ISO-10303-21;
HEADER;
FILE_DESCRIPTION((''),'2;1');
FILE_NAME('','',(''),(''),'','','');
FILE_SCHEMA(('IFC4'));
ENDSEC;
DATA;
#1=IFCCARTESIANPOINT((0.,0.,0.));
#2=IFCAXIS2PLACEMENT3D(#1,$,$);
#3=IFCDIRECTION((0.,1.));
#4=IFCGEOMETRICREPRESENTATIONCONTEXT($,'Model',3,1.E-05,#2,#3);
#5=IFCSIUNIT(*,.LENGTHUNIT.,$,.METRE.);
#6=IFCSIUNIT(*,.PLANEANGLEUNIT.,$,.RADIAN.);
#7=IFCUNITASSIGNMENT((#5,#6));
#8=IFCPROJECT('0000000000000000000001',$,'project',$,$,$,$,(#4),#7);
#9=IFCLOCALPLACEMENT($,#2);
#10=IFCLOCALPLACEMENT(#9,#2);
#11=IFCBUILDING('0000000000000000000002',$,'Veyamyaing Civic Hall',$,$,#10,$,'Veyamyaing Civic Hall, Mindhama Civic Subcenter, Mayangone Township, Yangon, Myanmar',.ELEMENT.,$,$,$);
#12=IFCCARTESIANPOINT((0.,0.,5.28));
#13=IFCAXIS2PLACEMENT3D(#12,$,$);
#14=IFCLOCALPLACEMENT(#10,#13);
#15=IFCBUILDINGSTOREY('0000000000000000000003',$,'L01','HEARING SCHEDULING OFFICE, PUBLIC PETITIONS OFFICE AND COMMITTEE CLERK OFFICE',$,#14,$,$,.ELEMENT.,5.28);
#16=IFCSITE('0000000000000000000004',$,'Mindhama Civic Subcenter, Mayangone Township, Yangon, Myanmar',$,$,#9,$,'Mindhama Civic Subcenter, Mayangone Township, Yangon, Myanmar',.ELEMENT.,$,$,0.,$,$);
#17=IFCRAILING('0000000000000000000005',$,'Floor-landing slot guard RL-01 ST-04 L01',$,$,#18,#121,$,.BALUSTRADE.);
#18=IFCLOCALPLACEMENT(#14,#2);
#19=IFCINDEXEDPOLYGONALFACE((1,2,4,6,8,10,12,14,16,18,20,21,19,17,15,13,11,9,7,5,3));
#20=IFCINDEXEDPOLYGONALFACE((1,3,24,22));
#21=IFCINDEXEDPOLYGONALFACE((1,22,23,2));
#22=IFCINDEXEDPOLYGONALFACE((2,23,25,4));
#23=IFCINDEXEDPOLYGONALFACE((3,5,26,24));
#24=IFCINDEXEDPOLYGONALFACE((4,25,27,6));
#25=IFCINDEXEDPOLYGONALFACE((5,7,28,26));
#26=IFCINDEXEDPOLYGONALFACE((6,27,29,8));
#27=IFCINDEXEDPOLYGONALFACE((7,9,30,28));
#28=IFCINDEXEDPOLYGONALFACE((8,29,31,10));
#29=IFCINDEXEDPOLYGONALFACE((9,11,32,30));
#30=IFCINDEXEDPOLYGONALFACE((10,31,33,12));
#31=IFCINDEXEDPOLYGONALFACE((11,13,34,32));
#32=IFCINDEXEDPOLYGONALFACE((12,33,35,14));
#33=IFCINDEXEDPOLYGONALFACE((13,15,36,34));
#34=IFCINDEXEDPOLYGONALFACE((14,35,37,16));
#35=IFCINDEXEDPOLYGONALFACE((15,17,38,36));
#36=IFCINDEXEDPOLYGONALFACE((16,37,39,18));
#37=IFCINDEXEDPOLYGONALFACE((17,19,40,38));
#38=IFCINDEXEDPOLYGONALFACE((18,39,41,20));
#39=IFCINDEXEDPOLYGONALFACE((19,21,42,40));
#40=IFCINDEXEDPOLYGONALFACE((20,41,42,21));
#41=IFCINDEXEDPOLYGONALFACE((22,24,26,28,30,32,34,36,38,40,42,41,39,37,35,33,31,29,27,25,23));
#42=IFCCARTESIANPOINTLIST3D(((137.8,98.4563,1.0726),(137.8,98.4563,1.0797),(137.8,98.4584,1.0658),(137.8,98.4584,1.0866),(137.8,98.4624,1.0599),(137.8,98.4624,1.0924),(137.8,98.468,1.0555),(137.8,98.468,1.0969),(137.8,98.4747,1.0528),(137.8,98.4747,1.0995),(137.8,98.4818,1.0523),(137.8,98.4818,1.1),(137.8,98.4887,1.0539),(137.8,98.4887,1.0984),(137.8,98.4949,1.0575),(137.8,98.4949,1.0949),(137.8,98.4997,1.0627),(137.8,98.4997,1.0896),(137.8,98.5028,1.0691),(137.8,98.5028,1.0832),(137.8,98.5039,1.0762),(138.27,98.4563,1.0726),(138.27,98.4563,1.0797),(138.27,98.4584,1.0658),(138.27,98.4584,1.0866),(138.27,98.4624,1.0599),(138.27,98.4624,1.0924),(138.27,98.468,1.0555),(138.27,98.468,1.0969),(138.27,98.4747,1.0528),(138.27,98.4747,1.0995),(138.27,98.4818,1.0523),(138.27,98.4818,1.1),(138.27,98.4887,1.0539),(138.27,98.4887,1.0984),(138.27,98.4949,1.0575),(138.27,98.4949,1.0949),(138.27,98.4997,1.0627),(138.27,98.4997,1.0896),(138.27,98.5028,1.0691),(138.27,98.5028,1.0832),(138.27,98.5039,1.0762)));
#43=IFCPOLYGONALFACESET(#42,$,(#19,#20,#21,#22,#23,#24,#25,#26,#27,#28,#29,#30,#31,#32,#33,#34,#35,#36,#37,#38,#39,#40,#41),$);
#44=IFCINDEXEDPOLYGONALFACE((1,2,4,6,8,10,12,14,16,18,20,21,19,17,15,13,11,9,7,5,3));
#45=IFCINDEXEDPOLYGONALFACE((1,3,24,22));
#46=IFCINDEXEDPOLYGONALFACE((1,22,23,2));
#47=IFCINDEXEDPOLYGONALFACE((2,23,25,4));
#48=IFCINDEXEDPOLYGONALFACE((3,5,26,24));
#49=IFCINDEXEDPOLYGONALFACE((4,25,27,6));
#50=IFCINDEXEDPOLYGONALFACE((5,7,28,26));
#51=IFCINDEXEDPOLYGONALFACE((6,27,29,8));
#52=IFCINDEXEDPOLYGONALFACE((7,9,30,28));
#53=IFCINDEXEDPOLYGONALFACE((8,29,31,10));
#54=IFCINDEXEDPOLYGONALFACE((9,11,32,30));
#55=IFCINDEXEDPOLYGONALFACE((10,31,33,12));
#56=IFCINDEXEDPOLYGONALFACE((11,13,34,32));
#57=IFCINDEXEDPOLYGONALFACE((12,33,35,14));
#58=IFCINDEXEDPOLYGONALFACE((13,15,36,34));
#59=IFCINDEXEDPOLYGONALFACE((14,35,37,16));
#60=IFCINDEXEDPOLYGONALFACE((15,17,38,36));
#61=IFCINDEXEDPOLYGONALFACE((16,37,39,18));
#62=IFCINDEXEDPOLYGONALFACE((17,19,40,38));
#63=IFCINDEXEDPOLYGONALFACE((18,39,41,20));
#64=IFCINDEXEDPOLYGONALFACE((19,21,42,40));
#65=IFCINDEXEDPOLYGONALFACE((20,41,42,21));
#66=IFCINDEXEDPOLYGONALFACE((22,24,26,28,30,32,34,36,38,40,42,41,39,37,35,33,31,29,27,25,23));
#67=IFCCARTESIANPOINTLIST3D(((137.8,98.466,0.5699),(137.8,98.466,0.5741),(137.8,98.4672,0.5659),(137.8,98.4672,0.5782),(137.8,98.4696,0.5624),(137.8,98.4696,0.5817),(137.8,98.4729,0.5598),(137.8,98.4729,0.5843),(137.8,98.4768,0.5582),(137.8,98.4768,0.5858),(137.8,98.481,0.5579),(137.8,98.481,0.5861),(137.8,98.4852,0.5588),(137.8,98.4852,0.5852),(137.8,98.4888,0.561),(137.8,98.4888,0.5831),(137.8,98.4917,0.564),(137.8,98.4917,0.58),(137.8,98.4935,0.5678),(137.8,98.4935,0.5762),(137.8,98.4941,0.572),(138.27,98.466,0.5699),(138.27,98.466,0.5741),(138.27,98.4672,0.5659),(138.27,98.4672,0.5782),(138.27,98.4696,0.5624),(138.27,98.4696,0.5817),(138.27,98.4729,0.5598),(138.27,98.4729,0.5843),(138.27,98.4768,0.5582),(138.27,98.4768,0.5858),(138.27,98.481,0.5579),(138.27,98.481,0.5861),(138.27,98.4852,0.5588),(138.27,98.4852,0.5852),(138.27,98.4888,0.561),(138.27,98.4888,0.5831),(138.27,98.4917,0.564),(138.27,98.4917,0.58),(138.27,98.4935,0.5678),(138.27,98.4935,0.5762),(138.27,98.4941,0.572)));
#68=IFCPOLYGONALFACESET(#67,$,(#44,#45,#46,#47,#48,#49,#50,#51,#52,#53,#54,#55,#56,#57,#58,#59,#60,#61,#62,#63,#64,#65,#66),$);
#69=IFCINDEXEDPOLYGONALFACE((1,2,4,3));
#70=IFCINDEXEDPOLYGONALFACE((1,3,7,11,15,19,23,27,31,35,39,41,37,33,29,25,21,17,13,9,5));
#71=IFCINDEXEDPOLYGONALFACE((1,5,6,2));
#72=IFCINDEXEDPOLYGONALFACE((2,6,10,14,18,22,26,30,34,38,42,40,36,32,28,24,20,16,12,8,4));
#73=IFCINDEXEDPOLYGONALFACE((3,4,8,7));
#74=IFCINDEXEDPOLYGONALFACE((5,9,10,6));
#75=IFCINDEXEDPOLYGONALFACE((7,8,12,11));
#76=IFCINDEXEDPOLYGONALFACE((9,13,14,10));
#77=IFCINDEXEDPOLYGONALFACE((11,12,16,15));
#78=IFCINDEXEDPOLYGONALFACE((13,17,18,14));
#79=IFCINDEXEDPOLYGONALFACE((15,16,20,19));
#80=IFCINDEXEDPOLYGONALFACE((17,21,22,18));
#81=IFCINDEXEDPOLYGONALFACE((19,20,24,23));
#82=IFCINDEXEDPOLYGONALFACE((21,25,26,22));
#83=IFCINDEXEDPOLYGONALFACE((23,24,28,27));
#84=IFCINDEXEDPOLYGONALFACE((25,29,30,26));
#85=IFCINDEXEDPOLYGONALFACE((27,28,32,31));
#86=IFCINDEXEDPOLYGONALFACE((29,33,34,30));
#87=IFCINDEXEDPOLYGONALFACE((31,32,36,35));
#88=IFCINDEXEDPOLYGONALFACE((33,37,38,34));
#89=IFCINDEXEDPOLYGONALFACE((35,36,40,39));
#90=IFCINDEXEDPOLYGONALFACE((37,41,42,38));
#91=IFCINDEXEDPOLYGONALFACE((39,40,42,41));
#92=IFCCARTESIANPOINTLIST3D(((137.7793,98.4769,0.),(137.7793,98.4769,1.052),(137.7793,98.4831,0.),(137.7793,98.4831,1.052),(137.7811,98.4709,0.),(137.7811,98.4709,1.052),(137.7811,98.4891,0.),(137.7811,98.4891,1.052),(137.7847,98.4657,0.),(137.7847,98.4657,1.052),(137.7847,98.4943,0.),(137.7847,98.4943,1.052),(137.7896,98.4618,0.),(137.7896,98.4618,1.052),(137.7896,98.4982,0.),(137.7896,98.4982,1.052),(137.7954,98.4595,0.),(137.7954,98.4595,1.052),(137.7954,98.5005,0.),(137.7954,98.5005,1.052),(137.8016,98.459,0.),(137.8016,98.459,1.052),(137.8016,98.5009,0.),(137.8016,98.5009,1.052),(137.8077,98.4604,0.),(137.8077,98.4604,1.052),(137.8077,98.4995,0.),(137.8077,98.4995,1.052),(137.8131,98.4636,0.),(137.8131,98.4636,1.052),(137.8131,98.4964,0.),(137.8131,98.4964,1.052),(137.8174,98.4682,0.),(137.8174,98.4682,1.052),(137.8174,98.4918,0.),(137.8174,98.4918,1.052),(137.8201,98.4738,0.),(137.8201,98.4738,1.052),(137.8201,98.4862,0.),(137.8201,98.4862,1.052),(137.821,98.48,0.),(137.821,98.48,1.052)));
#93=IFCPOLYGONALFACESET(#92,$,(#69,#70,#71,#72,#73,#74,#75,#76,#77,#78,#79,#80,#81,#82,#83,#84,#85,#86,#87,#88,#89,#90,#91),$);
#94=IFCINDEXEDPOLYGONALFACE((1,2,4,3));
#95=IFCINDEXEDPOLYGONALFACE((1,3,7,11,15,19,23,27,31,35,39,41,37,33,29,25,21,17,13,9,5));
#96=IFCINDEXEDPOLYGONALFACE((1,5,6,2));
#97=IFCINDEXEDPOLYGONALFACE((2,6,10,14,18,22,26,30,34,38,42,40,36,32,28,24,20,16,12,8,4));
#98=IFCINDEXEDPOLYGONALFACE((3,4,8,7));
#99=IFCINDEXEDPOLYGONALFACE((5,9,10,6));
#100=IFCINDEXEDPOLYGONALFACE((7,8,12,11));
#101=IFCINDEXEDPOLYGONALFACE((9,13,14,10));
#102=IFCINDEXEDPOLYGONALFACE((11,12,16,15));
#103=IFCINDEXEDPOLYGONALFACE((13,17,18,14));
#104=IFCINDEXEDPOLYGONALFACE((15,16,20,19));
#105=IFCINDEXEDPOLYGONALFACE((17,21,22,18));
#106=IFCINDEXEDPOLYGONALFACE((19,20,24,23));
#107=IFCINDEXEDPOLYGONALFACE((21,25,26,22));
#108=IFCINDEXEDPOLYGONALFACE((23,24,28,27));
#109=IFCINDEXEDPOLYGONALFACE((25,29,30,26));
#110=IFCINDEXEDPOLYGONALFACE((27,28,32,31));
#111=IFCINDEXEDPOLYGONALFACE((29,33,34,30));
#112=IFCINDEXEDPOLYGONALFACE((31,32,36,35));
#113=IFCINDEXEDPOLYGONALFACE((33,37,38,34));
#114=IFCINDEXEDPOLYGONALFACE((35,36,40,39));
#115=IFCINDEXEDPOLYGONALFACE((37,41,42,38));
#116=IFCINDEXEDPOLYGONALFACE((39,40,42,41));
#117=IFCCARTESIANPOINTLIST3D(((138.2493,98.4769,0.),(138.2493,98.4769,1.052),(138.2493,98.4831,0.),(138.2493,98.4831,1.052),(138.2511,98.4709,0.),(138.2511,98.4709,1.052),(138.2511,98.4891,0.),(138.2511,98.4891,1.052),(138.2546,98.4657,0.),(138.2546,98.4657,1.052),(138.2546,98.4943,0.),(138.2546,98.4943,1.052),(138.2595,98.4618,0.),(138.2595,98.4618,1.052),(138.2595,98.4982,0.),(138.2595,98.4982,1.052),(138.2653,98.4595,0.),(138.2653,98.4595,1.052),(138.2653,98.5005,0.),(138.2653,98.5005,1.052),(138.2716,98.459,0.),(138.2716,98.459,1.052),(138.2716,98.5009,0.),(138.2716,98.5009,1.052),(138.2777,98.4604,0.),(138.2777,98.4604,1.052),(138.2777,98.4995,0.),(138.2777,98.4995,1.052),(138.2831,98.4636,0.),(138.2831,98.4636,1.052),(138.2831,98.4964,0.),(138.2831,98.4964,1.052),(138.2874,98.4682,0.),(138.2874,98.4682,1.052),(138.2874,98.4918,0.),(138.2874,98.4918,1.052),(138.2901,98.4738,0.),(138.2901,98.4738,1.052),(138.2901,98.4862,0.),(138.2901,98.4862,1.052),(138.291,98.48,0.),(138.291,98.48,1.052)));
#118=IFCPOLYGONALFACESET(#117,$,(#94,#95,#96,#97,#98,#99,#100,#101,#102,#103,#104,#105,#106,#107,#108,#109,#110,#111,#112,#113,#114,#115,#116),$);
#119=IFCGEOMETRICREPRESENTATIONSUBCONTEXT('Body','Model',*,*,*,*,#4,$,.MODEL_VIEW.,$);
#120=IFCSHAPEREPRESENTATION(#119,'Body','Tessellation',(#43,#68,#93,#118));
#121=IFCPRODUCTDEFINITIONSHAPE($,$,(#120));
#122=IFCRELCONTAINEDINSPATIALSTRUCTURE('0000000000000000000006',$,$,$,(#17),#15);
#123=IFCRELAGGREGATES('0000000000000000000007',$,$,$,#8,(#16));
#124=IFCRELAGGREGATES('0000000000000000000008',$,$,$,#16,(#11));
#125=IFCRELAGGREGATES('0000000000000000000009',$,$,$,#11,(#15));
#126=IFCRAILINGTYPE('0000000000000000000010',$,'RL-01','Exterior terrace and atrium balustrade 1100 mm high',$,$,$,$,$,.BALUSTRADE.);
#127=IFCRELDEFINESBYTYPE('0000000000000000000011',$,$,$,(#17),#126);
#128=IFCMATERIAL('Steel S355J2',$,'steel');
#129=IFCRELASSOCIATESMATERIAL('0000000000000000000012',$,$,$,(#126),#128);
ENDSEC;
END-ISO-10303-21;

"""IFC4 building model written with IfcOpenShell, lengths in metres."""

from ifc_helpers import new_model, si_unit, direction, frame, origin, origin_2d, place, context, subcontext, project, spatial, circle, extrude, material, type_object, element, save


model = new_model("IFC4")

# Units and contexts
model_context = context("Model", 3, precision=1e-05, world=origin(), true_north=direction((0.0, 1.0)))
body_context = subcontext(model_context, "Body", "Model", "MODEL_VIEW")
ifc_project = project(units=[si_unit("LENGTHUNIT", "METRE"), si_unit("PLANEANGLEUNIT", "RADIAN")], contexts=[model_context])

# Site, building, storey
site_placement = place(None, origin())
site = spatial("IfcSite", under=ifc_project, at=site_placement, Name="Mindhama Civic Subcenter, Mayangone Township, Yangon, Myanmar", LongName="Mindhama Civic Subcenter, Mayangone Township, Yangon, Myanmar", CompositionType="ELEMENT", RefElevation=0.0)
building_placement = place(site_placement, origin())
building = spatial("IfcBuilding", under=site, at=building_placement, Name="Veyamyaing Civic Hall", LongName="Veyamyaing Civic Hall, Mindhama Civic Subcenter, Mayangone Township, Yangon, Myanmar", CompositionType="ELEMENT")
storey_placement = place(building_placement, frame((0.0, 0.0, 5.28)))
storey = spatial("IfcBuildingStorey", under=building, at=storey_placement, Name="L01", Description="HEARING SCHEDULING OFFICE, PUBLIC PETITIONS OFFICE AND COMMITTEE CLERK OFFICE", CompositionType="ELEMENT", Elevation=5.28)

# Railing
ifc_material_1 = material(Name="Steel S355J2", Category="steel")
railing_type_1 = type_object("IfcRailingType", Name="RL-01", Description="Exterior terrace and atrium balustrade 1100 mm high", PredefinedType="BALUSTRADE", material=ifc_material_1)
railing_1_placement = place(storey_placement, frame((137.8, 98.48, 0.0)))
element("IfcRailing", 1, at=railing_1_placement, inside=storey, type_object=railing_type_1, Name="Floor-landing slot guard RL-01 ST-04 L01", PredefinedType="BALUSTRADE", context=body_context, shape_type="SweptSolid", body=[
    extrude(circle(Radius=0.0239, at=origin_2d()), frame((0.0, 0.0, 1.0762), z_axis=(1.0, 0.0, 0.0), x_axis=(0.0, 1.0, 0.0)), (0.0, 0.0, 1.0), 0.47),
    extrude(circle(Radius=0.0142, at=origin_2d()), frame((0.0, 0.0, 0.572), z_axis=(1.0, 0.0, 0.0), x_axis=(0.0, 1.0, 0.0)), (0.0, 0.0, 1.0), 0.47),
    extrude(circle(Radius=0.021, at=origin_2d()), origin(), (0.0, 0.0, 1.0), 1.052),
    extrude(circle(Radius=0.021, at=origin_2d()), frame((0.47, 0.0, 0.0)), (0.0, 0.0, 1.0), 1.052),
])

save(model, "model.ifc")
